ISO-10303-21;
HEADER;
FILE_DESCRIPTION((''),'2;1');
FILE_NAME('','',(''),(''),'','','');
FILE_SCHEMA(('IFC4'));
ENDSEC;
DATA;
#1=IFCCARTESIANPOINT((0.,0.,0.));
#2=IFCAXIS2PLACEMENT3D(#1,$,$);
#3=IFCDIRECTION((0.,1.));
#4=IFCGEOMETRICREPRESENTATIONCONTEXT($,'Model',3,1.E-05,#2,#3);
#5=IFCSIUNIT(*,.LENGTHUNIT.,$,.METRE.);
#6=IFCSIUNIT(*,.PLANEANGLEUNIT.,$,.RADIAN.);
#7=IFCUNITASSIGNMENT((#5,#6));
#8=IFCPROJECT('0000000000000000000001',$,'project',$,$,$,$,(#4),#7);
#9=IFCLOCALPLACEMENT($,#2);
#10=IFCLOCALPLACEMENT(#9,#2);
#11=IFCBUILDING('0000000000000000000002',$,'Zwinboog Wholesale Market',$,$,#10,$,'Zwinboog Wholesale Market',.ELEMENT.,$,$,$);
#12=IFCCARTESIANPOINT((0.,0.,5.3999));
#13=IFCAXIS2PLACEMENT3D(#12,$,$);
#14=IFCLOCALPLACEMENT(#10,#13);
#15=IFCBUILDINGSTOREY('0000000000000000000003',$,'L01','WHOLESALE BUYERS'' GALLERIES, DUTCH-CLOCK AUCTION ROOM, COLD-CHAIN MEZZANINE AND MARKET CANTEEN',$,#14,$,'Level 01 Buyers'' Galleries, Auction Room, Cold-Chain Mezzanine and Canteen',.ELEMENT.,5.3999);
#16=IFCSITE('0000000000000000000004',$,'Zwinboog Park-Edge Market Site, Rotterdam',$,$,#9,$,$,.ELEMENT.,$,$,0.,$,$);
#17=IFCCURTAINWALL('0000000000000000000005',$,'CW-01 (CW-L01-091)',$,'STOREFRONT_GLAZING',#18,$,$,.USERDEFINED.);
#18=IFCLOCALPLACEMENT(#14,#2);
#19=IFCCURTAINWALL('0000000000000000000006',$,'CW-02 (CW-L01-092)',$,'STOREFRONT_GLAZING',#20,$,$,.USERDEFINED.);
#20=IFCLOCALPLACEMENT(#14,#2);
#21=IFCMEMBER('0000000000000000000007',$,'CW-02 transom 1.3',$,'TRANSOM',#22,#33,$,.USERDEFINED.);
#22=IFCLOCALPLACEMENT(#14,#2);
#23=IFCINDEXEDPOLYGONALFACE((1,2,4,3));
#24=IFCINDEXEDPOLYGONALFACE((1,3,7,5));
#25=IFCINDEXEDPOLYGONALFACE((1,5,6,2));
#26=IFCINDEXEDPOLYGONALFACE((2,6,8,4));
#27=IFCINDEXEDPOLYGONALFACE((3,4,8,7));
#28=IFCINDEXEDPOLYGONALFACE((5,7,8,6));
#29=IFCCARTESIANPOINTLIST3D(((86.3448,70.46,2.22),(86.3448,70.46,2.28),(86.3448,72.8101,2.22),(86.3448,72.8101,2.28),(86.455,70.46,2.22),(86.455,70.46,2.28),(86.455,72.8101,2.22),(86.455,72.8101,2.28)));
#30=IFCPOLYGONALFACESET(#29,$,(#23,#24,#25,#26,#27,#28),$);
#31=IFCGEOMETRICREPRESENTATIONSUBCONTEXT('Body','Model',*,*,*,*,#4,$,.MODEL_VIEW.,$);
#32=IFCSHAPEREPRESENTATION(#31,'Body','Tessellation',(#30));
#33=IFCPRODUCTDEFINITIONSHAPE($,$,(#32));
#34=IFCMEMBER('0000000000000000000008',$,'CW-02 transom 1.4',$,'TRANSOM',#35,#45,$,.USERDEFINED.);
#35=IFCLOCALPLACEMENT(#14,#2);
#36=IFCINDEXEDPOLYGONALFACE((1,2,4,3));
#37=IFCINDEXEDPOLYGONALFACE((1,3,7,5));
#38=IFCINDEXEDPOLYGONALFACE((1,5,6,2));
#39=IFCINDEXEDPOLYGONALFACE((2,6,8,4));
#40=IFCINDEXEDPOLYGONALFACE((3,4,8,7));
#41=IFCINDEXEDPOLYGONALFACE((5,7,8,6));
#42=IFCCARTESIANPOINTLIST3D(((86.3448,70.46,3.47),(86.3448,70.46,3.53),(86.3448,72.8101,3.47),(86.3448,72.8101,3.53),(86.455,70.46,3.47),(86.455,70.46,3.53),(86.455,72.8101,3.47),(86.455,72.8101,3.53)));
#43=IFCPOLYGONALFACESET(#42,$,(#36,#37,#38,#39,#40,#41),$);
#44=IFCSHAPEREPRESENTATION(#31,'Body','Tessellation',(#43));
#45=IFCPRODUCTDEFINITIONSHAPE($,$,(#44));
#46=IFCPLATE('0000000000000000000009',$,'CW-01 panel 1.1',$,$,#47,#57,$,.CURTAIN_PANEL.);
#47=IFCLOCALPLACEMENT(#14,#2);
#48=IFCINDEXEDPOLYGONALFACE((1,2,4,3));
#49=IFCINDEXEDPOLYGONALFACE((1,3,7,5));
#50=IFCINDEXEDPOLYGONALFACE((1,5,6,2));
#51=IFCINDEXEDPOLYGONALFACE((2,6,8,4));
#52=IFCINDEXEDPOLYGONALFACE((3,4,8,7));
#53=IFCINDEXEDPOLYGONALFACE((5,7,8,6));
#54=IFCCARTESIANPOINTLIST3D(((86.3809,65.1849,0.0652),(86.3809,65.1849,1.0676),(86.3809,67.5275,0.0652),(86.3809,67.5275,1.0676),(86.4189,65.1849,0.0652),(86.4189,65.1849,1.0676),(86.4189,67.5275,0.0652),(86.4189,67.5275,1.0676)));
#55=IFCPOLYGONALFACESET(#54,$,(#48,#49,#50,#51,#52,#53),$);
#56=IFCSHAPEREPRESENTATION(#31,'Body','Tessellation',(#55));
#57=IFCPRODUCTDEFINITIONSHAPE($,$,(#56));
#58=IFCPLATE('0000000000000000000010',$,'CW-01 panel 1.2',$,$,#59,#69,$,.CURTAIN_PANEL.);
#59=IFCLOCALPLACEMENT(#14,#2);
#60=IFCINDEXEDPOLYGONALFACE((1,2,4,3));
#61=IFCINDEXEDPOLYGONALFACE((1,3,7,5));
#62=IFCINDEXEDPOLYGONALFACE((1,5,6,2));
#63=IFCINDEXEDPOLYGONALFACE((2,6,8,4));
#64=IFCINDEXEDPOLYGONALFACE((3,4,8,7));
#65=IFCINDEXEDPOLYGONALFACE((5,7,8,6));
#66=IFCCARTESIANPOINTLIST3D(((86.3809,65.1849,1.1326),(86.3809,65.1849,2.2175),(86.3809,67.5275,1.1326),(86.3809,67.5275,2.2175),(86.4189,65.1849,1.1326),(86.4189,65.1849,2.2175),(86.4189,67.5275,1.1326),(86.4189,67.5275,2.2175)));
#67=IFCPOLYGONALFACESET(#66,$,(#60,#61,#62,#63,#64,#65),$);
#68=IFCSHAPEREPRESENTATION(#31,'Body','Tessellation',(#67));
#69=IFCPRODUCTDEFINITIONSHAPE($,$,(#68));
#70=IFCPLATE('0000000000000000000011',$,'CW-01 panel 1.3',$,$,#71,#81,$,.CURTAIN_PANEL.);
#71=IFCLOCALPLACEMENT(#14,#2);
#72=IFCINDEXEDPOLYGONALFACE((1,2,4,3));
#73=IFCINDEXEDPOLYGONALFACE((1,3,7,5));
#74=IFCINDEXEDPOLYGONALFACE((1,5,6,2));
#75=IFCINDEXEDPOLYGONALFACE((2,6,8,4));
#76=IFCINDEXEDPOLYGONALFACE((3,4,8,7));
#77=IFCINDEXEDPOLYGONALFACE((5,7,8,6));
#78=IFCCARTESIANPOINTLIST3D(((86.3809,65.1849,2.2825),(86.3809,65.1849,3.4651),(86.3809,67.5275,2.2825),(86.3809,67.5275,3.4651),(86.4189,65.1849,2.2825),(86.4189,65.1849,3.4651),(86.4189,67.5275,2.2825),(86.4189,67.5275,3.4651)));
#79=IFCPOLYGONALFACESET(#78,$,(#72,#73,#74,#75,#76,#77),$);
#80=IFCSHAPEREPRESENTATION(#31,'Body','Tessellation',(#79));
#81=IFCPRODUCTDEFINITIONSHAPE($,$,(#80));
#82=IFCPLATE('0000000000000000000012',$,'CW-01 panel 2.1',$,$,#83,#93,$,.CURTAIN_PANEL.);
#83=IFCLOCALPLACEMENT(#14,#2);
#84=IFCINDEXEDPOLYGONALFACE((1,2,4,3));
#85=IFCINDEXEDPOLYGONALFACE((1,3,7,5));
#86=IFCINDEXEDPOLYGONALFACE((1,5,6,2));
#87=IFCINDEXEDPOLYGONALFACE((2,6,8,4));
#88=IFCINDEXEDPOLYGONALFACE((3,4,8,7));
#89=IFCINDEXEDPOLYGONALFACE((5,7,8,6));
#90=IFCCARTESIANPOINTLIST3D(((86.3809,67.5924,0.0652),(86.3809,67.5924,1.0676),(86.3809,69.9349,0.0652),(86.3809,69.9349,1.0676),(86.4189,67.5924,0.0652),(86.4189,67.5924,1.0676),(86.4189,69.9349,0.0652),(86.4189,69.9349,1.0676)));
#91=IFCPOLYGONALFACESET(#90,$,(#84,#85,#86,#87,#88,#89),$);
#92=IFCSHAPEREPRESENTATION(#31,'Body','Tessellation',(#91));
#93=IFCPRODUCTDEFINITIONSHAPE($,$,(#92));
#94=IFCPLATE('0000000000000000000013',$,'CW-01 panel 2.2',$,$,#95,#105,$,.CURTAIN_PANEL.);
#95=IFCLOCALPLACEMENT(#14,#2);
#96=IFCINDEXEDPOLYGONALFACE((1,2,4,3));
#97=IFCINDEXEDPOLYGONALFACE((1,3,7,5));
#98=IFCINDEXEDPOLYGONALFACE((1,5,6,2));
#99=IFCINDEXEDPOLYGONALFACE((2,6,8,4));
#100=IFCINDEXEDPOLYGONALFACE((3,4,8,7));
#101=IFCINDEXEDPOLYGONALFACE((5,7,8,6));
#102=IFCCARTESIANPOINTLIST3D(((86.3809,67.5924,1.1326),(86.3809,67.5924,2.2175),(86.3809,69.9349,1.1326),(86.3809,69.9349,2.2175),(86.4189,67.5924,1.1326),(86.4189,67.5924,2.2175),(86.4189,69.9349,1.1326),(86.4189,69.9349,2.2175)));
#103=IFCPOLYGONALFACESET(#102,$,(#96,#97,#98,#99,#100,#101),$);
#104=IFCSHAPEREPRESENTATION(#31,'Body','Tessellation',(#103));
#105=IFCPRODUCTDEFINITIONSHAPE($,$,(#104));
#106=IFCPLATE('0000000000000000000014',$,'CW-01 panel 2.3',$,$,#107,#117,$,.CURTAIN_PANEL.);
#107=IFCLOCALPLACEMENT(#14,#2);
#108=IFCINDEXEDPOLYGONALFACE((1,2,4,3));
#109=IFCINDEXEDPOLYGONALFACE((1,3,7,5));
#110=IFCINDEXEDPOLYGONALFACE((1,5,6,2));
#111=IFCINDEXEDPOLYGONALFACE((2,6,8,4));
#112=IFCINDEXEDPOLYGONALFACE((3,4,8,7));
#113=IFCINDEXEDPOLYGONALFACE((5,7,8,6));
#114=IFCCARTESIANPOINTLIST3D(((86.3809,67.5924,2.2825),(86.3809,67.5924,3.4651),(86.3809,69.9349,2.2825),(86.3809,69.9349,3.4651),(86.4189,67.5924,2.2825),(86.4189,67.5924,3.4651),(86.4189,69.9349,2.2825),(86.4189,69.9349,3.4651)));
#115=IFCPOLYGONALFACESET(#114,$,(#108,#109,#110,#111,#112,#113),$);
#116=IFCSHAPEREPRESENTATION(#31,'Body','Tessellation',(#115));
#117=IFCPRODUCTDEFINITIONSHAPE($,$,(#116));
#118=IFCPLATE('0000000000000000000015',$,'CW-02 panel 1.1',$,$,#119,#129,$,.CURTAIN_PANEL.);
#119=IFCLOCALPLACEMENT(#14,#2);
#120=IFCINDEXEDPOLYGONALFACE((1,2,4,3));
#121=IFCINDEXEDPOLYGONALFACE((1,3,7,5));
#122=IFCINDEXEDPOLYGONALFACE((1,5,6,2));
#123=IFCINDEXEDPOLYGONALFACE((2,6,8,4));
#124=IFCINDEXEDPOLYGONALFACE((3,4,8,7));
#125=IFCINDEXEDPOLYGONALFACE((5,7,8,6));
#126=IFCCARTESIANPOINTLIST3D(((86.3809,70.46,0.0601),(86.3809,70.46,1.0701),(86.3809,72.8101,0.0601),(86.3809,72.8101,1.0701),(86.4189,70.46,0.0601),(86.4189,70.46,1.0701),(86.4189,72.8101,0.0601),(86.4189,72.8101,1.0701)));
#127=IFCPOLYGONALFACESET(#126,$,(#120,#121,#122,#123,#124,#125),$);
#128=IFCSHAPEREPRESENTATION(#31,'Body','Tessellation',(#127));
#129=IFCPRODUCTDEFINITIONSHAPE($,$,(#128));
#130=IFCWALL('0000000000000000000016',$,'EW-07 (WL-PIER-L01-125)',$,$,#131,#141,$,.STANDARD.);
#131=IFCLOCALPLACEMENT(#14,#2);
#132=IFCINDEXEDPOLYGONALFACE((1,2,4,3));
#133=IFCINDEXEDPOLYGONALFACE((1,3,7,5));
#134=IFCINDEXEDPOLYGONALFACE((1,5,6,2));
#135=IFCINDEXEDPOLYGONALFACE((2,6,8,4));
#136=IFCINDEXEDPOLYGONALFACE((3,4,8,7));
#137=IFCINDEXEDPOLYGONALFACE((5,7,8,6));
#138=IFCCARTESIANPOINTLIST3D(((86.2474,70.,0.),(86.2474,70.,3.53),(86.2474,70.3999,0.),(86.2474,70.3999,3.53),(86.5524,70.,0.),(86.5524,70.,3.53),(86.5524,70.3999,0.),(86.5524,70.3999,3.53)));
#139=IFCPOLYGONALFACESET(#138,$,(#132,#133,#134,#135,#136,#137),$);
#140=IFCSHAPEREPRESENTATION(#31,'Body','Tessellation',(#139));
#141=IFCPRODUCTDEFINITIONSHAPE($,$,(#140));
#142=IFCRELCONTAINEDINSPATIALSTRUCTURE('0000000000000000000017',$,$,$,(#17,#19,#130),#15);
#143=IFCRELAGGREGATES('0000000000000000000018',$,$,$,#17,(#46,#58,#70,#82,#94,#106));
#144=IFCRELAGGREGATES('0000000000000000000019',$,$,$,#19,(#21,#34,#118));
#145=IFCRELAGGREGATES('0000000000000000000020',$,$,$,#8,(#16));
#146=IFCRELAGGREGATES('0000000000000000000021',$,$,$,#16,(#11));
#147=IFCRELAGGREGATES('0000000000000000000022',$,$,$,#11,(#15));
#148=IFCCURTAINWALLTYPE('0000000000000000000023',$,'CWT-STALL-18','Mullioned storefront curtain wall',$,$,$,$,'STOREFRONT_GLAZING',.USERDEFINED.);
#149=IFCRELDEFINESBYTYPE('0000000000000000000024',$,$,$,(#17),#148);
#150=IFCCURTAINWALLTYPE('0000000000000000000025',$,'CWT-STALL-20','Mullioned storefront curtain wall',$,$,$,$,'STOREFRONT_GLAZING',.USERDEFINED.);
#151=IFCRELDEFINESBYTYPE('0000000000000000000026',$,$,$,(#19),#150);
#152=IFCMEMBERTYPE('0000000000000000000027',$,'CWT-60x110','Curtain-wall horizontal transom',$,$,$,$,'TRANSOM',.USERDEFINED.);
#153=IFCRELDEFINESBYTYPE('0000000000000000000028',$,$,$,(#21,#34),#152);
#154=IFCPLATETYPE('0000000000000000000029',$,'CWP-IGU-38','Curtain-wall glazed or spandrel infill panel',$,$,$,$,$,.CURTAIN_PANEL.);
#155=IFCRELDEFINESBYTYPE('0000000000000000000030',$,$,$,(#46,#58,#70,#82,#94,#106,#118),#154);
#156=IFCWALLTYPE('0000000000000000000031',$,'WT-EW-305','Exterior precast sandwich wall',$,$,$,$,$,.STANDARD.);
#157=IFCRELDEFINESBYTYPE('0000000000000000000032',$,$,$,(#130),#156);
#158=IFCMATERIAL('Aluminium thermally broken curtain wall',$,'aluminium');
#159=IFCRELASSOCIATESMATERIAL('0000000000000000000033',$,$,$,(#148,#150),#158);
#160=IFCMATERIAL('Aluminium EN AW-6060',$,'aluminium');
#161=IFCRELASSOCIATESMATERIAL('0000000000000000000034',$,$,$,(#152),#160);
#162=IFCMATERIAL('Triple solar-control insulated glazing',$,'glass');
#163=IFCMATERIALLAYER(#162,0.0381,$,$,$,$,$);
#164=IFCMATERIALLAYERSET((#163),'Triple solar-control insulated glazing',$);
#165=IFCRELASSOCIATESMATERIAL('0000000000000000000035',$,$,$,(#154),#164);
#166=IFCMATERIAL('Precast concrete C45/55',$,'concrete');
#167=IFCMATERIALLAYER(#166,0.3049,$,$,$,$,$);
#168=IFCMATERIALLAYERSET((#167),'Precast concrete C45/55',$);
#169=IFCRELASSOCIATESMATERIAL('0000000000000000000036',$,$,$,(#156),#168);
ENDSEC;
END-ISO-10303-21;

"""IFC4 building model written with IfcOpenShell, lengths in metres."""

from ifc_helpers import new_model, si_unit, direction, frame, frame_2d, origin, origin_2d, place, context, subcontext, project, spatial, rectangle, extrude, material, layer, layer_set, material_profile, profile_set, type_object, element, aggregate, save


model = new_model("IFC4")

# Units and contexts
model_context = context("Model", 3, precision=1e-05, world=origin(), true_north=direction((0.0, 1.0)))
body_context = subcontext(model_context, "Body", "Model", "MODEL_VIEW")
ifc_project = project(units=[si_unit("LENGTHUNIT", "METRE"), si_unit("PLANEANGLEUNIT", "RADIAN")], contexts=[model_context])

# Site, building, storey
site_placement = place(None, origin())
site = spatial("IfcSite", under=ifc_project, at=site_placement, Name="Zwinboog Park-Edge Market Site, Rotterdam", CompositionType="ELEMENT", RefElevation=0.0)
building_placement = place(site_placement, origin())
building = spatial("IfcBuilding", under=site, at=building_placement, Name="Zwinboog Wholesale Market", LongName="Zwinboog Wholesale Market", CompositionType="ELEMENT")
storey_placement = place(building_placement, frame((0.0, 0.0, 5.3999)))
storey = spatial("IfcBuildingStorey", under=building, at=storey_placement, Name="L01", Description="WHOLESALE BUYERS' GALLERIES, DUTCH-CLOCK AUCTION ROOM, COLD-CHAIN MEZZANINE AND MARKET CANTEEN", LongName="Level 01 Buyers' Galleries, Auction Room, Cold-Chain Mezzanine and Canteen", CompositionType="ELEMENT", Elevation=5.3999)

# Curtain wall
ifc_material_1 = material(Name="Aluminium thermally broken curtain wall", Category="aluminium")
curtain_wall_type_1 = type_object("IfcCurtainWallType", Name="CWT-STALL-18", Description="Mullioned storefront curtain wall", ElementType="STOREFRONT_GLAZING", PredefinedType="USERDEFINED", material=ifc_material_1)
curtain_wall_1_placement = place(storey_placement, origin())
curtain_wall_1 = element("IfcCurtainWall", 1, at=curtain_wall_1_placement, inside=storey, type_object=curtain_wall_type_1, Name="CW-01 (CW-L01-091)", ObjectType="STOREFRONT_GLAZING", PredefinedType="USERDEFINED")
ifc_material_2 = material(Name="Aluminium EN AW-6060", Category="aluminium")

# Curtain wall
curtain_wall_type_2 = type_object("IfcCurtainWallType", Name="CWT-STALL-20", Description="Mullioned storefront curtain wall", ElementType="STOREFRONT_GLAZING", PredefinedType="USERDEFINED", material=ifc_material_1)
curtain_wall_2_placement = place(storey_placement, origin())
curtain_wall_2 = element("IfcCurtainWall", 2, at=curtain_wall_2_placement, inside=storey, type_object=curtain_wall_type_2, Name="CW-02 (CW-L01-092)", ObjectType="STOREFRONT_GLAZING", PredefinedType="USERDEFINED")

# Members
ifc_material_profile_1 = material_profile(ifc_material_2, rectangle(XDim=0.1101, YDim=0.0601, at=origin_2d()), Name="AL 60x110")
ifc_profile_set_1 = profile_set([ifc_material_profile_1], Name="Aluminium EN AW-6060")
member_type_1 = type_object("IfcMemberType", Name="CWT-60x110", Description="Curtain-wall horizontal transom", ElementType="TRANSOM", PredefinedType="USERDEFINED", material=ifc_profile_set_1)
member_1_placement = place(storey_placement, frame((86.3999, 70.46, 2.25), z_axis=(0.0, 1.0, 0.0), x_axis=(-1.0, 0.0, 0.0)))
member_1 = element("IfcMember", 3, at=member_1_placement, type_object=member_type_1, Name="CW-02 transom 1.3", ObjectType="TRANSOM", PredefinedType="USERDEFINED", context=body_context, shape_type="SweptSolid", body=[
    extrude(rectangle(XDim=0.1101, YDim=0.0601, at=origin_2d()), origin(), (0.0, 0.0, 1.0), 2.3501),
])
member_2_placement = place(storey_placement, frame((86.3999, 70.46, 3.5), z_axis=(0.0, 1.0, 0.0), x_axis=(-1.0, 0.0, 0.0)))
member_2 = element("IfcMember", 4, at=member_2_placement, type_object=member_type_1, Name="CW-02 transom 1.4", ObjectType="TRANSOM", PredefinedType="USERDEFINED", context=body_context, shape_type="SweptSolid", body=[
    extrude(rectangle(XDim=0.1101, YDim=0.0601, at=origin_2d()), origin(), (0.0, 0.0, 1.0), 2.3501),
])

# Plates
ifc_material_3 = material(Name="Triple solar-control insulated glazing", Category="glass")
ifc_layer_1 = layer(ifc_material_3, 0.0381)
ifc_layer_set_1 = layer_set([ifc_layer_1], Name="Triple solar-control insulated glazing")
plate_type = type_object("IfcPlateType", Name="CWP-IGU-38", Description="Curtain-wall glazed or spandrel infill panel", PredefinedType="CURTAIN_PANEL", material=ifc_layer_set_1)
plate_1_placement = place(storey_placement, frame((86.3999, 66.3562, 0.0652), z_axis=(0.0, 0.0, 1.0), x_axis=(0.0, 1.0, 0.0)))
plate_1 = element("IfcPlate", 5, at=plate_1_placement, type_object=plate_type, Name="CW-01 panel 1.1", PredefinedType="CURTAIN_PANEL", context=body_context, shape_type="SweptSolid", body=[
    extrude(rectangle(XDim=2.3425, YDim=0.0381, at=origin_2d()), origin(), (0.0, 0.0, 1.0), 1.0024),
])
plate_2_placement = place(storey_placement, frame((86.3999, 66.3562, 1.1326), z_axis=(0.0, 0.0, 1.0), x_axis=(0.0, 1.0, 0.0)))
plate_2 = element("IfcPlate", 6, at=plate_2_placement, type_object=plate_type, Name="CW-01 panel 1.2", PredefinedType="CURTAIN_PANEL", context=body_context, shape_type="SweptSolid", body=[
    extrude(rectangle(XDim=2.3425, YDim=0.0381, at=origin_2d()), origin(), (0.0, 0.0, 1.0), 1.085),
])
plate_3_placement = place(storey_placement, frame((86.3999, 66.3562, 2.2825), z_axis=(0.0, 0.0, 1.0), x_axis=(0.0, 1.0, 0.0)))
plate_3 = element("IfcPlate", 7, at=plate_3_placement, type_object=plate_type, Name="CW-01 panel 1.3", PredefinedType="CURTAIN_PANEL", context=body_context, shape_type="SweptSolid", body=[
    extrude(rectangle(XDim=2.3425, YDim=0.0381, at=origin_2d()), origin(), (0.0, 0.0, 1.0), 1.1826),
])
plate_4_placement = place(storey_placement, frame((86.3999, 68.7637, 0.0652), z_axis=(0.0, 0.0, 1.0), x_axis=(0.0, 1.0, 0.0)))
plate_4 = element("IfcPlate", 8, at=plate_4_placement, type_object=plate_type, Name="CW-01 panel 2.1", PredefinedType="CURTAIN_PANEL", context=body_context, shape_type="SweptSolid", body=[
    extrude(rectangle(XDim=2.3425, YDim=0.0381, at=origin_2d()), origin(), (0.0, 0.0, 1.0), 1.0024),
])
plate_5_placement = place(storey_placement, frame((86.3999, 68.7637, 1.1326), z_axis=(0.0, 0.0, 1.0), x_axis=(0.0, 1.0, 0.0)))
plate_5 = element("IfcPlate", 9, at=plate_5_placement, type_object=plate_type, Name="CW-01 panel 2.2", PredefinedType="CURTAIN_PANEL", context=body_context, shape_type="SweptSolid", body=[
    extrude(rectangle(XDim=2.3425, YDim=0.0381, at=origin_2d()), origin(), (0.0, 0.0, 1.0), 1.085),
])
plate_6_placement = place(storey_placement, frame((86.3999, 68.7637, 2.2825), z_axis=(0.0, 0.0, 1.0), x_axis=(0.0, 1.0, 0.0)))
plate_6 = element("IfcPlate", 10, at=plate_6_placement, type_object=plate_type, Name="CW-01 panel 2.3", PredefinedType="CURTAIN_PANEL", context=body_context, shape_type="SweptSolid", body=[
    extrude(rectangle(XDim=2.3425, YDim=0.0381, at=origin_2d()), origin(), (0.0, 0.0, 1.0), 1.1826),
])
aggregate(curtain_wall_1, [plate_1, plate_2, plate_3, plate_4, plate_5, plate_6])
plate_7_placement = place(storey_placement, frame((86.3999, 71.635, 0.0601), z_axis=(0.0, 0.0, 1.0), x_axis=(0.0, 1.0, 0.0)))
plate_7 = element("IfcPlate", 11, at=plate_7_placement, type_object=plate_type, Name="CW-02 panel 1.1", PredefinedType="CURTAIN_PANEL", context=body_context, shape_type="SweptSolid", body=[
    extrude(rectangle(XDim=2.3501, YDim=0.0381, at=origin_2d()), origin(), (0.0, 0.0, 1.0), 1.01),
])
aggregate(curtain_wall_2, [member_1, member_2, plate_7])

# Wall
ifc_material_4 = material(Name="Precast concrete C45/55", Category="concrete")
ifc_layer_2 = layer(ifc_material_4, 0.3049)
ifc_layer_set_2 = layer_set([ifc_layer_2], Name="Precast concrete C45/55")
wall_type = type_object("IfcWallType", Name="WT-EW-305", Description="Exterior precast sandwich wall", PredefinedType="STANDARD", material=ifc_layer_set_2)
wall_placement = place(storey_placement, frame((86.3999, 70.0, 0.0), z_axis=(0.0, 0.0, 1.0), x_axis=(0.0, 1.0, 0.0)))
element("IfcWall", 12, at=wall_placement, inside=storey, type_object=wall_type, Name="EW-07 (WL-PIER-L01-125)", PredefinedType="STANDARD", context=body_context, shape_type="SweptSolid", body=[
    extrude(rectangle(XDim=0.3999, YDim=0.3049, at=frame_2d((0.2, 0.0))), origin(), (0.0, 0.0, 1.0), 3.53),
])

save(model, "model.ifc")
